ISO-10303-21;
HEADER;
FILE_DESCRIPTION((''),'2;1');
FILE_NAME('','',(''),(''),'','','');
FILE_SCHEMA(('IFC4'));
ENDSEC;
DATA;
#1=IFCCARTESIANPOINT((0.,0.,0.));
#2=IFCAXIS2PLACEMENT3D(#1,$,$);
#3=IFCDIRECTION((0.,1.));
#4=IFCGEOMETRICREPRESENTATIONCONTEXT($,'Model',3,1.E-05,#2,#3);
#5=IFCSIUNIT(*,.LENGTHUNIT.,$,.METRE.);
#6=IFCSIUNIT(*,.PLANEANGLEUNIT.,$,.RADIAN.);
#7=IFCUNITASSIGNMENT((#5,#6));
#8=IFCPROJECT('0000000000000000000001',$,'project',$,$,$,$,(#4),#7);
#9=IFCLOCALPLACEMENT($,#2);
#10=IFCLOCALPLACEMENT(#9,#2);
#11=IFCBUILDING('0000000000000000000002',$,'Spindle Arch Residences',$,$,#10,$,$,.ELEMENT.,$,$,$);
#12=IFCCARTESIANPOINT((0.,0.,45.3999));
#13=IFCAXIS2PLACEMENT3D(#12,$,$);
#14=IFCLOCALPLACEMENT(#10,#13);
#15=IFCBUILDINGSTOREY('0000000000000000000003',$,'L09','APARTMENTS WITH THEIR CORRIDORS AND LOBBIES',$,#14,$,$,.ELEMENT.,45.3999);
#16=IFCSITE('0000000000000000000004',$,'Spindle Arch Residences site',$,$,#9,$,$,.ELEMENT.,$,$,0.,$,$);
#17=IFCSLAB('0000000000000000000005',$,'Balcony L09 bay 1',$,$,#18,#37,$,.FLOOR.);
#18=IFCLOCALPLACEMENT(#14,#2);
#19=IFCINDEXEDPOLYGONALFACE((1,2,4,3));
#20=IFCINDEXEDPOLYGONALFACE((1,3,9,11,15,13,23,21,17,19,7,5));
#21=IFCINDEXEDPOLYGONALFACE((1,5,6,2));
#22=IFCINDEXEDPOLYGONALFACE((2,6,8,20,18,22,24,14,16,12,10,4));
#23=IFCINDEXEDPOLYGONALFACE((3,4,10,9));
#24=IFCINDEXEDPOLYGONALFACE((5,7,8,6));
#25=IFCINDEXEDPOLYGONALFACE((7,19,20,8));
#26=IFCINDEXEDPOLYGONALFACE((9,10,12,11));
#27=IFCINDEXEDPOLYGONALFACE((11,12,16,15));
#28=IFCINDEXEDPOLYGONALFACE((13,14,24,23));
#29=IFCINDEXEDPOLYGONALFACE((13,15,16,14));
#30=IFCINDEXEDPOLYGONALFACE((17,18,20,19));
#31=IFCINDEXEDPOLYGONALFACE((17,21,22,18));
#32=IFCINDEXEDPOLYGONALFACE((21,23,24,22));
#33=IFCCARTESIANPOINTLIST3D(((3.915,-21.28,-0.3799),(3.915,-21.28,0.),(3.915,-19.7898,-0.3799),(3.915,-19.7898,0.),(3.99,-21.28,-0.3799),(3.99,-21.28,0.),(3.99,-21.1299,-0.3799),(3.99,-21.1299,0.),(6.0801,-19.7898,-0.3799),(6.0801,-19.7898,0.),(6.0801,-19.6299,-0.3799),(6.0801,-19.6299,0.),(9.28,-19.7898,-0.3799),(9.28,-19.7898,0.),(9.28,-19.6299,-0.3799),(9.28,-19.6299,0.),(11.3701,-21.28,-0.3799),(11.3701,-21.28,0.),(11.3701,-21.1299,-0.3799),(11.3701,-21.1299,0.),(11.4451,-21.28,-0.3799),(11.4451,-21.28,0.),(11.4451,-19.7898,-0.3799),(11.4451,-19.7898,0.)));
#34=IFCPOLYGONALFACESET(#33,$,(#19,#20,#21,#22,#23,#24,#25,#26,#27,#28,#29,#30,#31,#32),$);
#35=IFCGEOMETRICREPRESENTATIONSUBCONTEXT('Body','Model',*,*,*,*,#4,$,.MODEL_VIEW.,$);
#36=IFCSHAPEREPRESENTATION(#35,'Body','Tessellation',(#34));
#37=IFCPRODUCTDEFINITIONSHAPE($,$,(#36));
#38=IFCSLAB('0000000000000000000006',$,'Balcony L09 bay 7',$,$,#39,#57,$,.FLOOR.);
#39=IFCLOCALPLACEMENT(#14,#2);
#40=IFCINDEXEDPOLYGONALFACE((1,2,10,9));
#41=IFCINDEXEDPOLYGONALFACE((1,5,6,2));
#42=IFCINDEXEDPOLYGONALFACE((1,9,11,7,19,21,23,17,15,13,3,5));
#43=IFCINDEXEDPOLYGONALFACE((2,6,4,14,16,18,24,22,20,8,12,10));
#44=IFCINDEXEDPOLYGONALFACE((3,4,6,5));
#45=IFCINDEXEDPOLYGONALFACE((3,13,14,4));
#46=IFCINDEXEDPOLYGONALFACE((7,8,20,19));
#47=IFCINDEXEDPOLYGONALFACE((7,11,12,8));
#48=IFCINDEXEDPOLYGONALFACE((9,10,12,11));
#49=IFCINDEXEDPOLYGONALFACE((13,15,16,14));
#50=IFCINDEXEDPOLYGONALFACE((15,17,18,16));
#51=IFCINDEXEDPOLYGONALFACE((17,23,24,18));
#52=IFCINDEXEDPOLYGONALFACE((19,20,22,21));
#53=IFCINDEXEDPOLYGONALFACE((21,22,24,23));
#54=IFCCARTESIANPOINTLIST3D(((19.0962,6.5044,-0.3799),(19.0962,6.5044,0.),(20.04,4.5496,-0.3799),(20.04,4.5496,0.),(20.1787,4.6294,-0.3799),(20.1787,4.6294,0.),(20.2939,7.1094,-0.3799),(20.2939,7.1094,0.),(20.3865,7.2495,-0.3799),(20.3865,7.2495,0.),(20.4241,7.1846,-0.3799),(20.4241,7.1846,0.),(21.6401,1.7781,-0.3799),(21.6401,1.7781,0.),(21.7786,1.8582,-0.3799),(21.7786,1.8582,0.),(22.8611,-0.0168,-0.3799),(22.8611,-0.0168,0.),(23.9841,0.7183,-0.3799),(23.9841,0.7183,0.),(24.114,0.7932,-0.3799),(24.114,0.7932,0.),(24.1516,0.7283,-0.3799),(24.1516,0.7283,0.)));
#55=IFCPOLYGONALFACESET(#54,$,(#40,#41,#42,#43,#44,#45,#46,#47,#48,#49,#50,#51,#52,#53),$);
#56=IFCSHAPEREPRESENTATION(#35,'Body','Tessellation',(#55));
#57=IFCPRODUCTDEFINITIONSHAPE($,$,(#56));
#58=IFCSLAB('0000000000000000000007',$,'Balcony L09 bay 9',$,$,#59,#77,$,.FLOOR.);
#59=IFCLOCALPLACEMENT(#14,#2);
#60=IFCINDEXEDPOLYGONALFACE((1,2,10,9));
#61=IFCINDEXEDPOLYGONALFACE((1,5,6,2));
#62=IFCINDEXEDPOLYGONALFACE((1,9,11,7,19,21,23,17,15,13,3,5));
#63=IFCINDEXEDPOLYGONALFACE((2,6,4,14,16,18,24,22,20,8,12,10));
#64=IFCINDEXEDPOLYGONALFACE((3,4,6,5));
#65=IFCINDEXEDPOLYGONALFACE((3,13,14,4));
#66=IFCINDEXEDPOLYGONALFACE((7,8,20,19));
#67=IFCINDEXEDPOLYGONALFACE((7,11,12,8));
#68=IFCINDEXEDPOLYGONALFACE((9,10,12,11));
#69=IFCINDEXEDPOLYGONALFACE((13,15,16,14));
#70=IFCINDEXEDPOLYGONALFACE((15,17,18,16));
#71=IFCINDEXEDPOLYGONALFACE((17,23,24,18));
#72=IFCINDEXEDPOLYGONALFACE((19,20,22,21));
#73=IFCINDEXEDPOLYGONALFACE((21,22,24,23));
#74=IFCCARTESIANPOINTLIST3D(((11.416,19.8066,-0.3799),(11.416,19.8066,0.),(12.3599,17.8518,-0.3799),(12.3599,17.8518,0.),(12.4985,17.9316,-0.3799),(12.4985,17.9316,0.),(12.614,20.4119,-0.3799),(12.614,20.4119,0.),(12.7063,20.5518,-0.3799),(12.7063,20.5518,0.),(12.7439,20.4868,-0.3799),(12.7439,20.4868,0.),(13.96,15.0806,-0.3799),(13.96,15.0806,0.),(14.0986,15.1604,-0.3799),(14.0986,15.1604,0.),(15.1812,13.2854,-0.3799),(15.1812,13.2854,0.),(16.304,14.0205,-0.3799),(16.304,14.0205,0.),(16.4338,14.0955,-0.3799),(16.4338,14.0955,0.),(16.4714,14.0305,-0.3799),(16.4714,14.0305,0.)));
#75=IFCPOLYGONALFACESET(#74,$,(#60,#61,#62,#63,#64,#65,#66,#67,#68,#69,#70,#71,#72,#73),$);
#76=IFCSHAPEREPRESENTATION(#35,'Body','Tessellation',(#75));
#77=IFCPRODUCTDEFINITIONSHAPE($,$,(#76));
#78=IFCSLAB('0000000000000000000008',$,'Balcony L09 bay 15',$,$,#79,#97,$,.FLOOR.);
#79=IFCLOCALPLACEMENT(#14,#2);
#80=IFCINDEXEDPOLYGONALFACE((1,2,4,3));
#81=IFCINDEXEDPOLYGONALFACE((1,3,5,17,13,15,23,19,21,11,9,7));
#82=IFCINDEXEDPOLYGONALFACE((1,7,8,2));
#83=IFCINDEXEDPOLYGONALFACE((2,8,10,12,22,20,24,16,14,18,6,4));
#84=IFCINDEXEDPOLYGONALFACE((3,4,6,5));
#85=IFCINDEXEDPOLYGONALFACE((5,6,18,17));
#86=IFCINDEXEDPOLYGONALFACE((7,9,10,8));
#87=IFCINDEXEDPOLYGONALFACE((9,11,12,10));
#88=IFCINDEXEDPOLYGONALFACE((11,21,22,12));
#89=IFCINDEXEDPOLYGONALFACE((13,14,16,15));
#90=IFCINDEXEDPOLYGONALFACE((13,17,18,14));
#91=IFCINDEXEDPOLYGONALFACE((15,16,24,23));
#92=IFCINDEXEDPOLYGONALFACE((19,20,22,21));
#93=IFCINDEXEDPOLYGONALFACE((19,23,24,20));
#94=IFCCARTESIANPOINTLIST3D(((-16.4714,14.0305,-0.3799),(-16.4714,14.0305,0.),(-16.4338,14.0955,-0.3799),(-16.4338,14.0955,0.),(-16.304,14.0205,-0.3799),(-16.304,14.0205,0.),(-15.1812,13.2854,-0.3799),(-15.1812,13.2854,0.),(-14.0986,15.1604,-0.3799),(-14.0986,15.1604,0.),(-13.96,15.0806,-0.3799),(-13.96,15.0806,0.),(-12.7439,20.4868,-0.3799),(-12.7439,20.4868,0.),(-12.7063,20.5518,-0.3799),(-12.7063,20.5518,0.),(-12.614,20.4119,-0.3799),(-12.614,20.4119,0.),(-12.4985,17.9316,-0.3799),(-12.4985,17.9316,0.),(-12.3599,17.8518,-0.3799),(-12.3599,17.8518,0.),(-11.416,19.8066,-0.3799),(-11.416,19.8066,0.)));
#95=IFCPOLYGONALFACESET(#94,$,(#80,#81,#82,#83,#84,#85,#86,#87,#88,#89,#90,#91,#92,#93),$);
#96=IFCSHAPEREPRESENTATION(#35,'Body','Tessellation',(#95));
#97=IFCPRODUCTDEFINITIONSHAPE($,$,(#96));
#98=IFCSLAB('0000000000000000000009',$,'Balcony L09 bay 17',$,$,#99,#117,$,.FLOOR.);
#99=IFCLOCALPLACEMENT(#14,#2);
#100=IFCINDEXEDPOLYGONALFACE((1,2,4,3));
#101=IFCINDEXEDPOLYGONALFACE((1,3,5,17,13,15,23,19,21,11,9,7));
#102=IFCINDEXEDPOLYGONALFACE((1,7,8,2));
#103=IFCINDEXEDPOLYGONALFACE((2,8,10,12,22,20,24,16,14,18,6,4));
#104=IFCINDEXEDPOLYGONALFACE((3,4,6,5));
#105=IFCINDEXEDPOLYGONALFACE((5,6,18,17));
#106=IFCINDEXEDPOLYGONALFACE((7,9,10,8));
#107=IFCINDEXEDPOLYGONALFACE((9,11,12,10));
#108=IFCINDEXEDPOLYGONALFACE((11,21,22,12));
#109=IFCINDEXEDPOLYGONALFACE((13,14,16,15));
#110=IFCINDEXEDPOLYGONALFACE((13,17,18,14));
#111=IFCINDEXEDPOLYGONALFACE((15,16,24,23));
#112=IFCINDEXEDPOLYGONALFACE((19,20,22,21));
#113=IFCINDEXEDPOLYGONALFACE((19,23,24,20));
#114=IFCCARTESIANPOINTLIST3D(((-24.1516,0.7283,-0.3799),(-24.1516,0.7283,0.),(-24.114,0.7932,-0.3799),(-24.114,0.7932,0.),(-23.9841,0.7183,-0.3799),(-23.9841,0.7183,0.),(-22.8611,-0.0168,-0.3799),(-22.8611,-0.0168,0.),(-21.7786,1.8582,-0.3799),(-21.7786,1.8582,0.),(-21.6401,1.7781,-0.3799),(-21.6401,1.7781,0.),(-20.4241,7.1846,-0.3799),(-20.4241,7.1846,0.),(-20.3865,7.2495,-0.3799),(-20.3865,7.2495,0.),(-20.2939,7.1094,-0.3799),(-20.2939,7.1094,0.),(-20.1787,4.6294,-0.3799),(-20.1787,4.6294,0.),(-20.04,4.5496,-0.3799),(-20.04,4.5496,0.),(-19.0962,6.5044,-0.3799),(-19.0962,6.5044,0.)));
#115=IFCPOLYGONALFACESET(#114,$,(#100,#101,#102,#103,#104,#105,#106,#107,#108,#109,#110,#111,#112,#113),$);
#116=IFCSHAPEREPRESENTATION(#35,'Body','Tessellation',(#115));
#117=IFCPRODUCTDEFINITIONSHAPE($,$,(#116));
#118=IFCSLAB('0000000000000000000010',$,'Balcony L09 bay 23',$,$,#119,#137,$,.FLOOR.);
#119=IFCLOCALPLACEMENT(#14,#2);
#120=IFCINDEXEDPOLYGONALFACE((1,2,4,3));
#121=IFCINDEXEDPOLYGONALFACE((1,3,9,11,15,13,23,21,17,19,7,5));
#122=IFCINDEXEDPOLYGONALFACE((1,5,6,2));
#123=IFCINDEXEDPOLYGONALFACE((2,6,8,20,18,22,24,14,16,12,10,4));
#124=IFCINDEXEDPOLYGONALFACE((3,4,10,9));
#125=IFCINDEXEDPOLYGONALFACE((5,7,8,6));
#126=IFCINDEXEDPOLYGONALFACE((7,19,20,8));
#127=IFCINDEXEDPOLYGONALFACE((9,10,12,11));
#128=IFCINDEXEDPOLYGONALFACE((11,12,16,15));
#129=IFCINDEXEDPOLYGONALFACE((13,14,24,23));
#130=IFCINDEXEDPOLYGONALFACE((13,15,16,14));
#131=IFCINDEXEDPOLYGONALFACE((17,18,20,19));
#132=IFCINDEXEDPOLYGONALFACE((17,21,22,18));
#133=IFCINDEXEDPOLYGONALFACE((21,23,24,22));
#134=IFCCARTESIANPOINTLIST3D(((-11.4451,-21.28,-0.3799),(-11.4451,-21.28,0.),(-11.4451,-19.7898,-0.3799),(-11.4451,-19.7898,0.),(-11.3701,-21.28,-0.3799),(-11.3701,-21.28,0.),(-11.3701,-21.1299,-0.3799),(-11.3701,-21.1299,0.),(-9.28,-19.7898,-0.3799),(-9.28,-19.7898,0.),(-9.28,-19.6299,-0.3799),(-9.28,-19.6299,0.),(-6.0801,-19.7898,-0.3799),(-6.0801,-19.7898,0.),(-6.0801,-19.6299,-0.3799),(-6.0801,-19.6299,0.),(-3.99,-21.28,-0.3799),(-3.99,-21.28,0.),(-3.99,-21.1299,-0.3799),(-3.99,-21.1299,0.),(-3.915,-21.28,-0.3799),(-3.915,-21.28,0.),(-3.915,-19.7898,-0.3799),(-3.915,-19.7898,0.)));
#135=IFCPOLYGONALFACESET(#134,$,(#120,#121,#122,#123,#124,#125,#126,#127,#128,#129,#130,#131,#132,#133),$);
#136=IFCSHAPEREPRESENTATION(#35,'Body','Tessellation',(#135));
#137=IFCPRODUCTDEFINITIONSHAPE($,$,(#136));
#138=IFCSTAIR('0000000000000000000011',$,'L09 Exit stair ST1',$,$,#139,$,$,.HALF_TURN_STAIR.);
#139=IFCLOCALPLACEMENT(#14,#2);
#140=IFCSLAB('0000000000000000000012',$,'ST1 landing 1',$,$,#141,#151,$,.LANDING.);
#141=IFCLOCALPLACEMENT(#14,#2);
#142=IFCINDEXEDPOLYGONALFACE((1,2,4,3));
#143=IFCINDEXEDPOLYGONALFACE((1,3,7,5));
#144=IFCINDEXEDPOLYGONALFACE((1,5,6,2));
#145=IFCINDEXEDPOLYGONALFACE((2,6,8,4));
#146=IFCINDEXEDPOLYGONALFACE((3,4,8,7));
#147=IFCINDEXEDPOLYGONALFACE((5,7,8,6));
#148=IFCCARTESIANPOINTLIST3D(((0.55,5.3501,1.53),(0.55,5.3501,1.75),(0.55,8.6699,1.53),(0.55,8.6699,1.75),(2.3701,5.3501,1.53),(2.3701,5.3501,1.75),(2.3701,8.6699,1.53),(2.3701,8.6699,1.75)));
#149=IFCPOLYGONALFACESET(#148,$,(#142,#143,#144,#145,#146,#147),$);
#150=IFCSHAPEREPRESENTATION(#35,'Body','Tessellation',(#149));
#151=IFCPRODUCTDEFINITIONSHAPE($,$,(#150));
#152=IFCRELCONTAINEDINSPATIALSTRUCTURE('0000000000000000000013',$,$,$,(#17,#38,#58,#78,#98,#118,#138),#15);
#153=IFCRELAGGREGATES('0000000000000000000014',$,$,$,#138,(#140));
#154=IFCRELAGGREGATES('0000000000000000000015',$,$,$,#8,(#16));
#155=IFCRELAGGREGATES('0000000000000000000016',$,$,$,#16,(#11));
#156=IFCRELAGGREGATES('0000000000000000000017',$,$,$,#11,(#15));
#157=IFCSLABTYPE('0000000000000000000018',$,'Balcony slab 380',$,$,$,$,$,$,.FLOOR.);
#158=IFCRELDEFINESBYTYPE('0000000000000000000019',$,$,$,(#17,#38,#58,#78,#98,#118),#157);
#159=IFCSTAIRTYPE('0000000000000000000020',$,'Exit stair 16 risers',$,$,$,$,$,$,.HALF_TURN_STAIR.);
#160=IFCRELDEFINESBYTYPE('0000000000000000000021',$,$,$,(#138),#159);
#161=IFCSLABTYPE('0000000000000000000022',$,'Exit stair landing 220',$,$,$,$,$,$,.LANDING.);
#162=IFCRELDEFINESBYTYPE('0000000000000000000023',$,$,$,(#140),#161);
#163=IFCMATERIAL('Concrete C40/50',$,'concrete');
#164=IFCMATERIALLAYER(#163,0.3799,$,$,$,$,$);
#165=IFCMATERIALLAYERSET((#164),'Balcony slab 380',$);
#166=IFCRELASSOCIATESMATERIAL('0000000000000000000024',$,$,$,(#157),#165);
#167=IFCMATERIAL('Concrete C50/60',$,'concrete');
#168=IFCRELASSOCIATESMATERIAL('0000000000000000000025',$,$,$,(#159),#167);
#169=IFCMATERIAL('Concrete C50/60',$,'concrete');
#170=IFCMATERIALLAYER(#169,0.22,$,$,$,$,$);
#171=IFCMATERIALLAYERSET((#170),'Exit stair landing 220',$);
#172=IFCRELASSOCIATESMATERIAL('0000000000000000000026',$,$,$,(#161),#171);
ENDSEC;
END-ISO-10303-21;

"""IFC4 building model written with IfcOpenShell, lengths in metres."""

from ifc_helpers import new_model, si_unit, direction, frame, origin, place, context, subcontext, project, spatial, polyline, outline, extrude, material, layer, layer_set, type_object, element, aggregate, save


model = new_model("IFC4")

# Units and contexts
model_context = context("Model", 3, precision=1e-05, world=origin(), true_north=direction((0.0, 1.0)))
body_context = subcontext(model_context, "Body", "Model", "MODEL_VIEW")
ifc_project = project(units=[si_unit("LENGTHUNIT", "METRE"), si_unit("PLANEANGLEUNIT", "RADIAN")], contexts=[model_context])

# Site, building, storey
site_placement = place(None, origin())
site = spatial("IfcSite", under=ifc_project, at=site_placement, Name="Spindle Arch Residences site", CompositionType="ELEMENT", RefElevation=0.0)
building_placement = place(site_placement, origin())
building = spatial("IfcBuilding", under=site, at=building_placement, Name="Spindle Arch Residences", CompositionType="ELEMENT")
storey_placement = place(building_placement, frame((0.0, 0.0, 45.3999)))
storey = spatial("IfcBuildingStorey", under=building, at=storey_placement, Name="L09", Description="APARTMENTS WITH THEIR CORRIDORS AND LOBBIES", CompositionType="ELEMENT", Elevation=45.3999)

# Slabs
ifc_material_1 = material(Name="Concrete C40/50", Category="concrete")
ifc_layer_1 = layer(ifc_material_1, 0.3799)
ifc_layer_set_1 = layer_set([ifc_layer_1], Name="Balcony slab 380")
slab_type_1 = type_object("IfcSlabType", Name="Balcony slab 380", PredefinedType="FLOOR", material=ifc_layer_set_1)
slab_1_placement = place(storey_placement, frame((0.0, 0.0, -0.3799)))
element("IfcSlab", 1, at=slab_1_placement, inside=storey, type_object=slab_type_1, Name="Balcony L09 bay 1", PredefinedType="FLOOR", context=body_context, shape_type="SweptSolid", body=[
    extrude(outline(polyline([(3.915, -21.28), (3.99, -21.28), (3.99, -21.1299), (11.3701, -21.1299), (11.3701, -21.28), (11.4451, -21.28), (11.4451, -19.7898), (9.28, -19.7898), (9.28, -19.6299), (6.0801, -19.6299), (6.0801, -19.7898), (3.915, -19.7898), (3.915, -21.28)])), origin(), (0.0, 0.0, 1.0), 0.3799),
])
slab_2_placement = place(storey_placement, frame((0.0, 0.0, -0.3799)))
element("IfcSlab", 2, at=slab_2_placement, inside=storey, type_object=slab_type_1, Name="Balcony L09 bay 7", PredefinedType="FLOOR", context=body_context, shape_type="SweptSolid", body=[
    extrude(outline(polyline([(24.1516, 0.7283), (24.114, 0.7932), (23.9841, 0.7183), (20.2939, 7.1094), (20.4241, 7.1846), (20.3865, 7.2495), (19.0962, 6.5044), (20.1787, 4.6294), (20.04, 4.5496), (21.6401, 1.7781), (21.7786, 1.8582), (22.8611, -0.0168), (24.1516, 0.7283)])), origin(), (0.0, 0.0, 1.0), 0.3799),
])
slab_3_placement = place(storey_placement, frame((0.0, 0.0, -0.3799)))
element("IfcSlab", 3, at=slab_3_placement, inside=storey, type_object=slab_type_1, Name="Balcony L09 bay 9", PredefinedType="FLOOR", context=body_context, shape_type="SweptSolid", body=[
    extrude(outline(polyline([(16.4714, 14.0305), (16.4338, 14.0955), (16.304, 14.0205), (12.614, 20.4119), (12.7439, 20.4868), (12.7063, 20.5518), (11.416, 19.8066), (12.4985, 17.9316), (12.3599, 17.8518), (13.96, 15.0806), (14.0986, 15.1604), (15.1812, 13.2854), (16.4714, 14.0305)])), origin(), (0.0, 0.0, 1.0), 0.3799),
])
slab_4_placement = place(storey_placement, frame((0.0, 0.0, -0.3799)))
element("IfcSlab", 4, at=slab_4_placement, inside=storey, type_object=slab_type_1, Name="Balcony L09 bay 15", PredefinedType="FLOOR", context=body_context, shape_type="SweptSolid", body=[
    extrude(outline(polyline([(-12.7063, 20.5518), (-12.7439, 20.4868), (-12.614, 20.4119), (-16.304, 14.0205), (-16.4338, 14.0955), (-16.4714, 14.0305), (-15.1812, 13.2854), (-14.0986, 15.1604), (-13.96, 15.0806), (-12.3599, 17.8518), (-12.4985, 17.9316), (-11.416, 19.8066), (-12.7063, 20.5518)])), origin(), (0.0, 0.0, 1.0), 0.3799),
])
slab_5_placement = place(storey_placement, frame((0.0, 0.0, -0.3799)))
element("IfcSlab", 5, at=slab_5_placement, inside=storey, type_object=slab_type_1, Name="Balcony L09 bay 17", PredefinedType="FLOOR", context=body_context, shape_type="SweptSolid", body=[
    extrude(outline(polyline([(-20.3865, 7.2495), (-20.4241, 7.1846), (-20.2939, 7.1094), (-23.9841, 0.7183), (-24.114, 0.7932), (-24.1516, 0.7283), (-22.8611, -0.0168), (-21.7786, 1.8582), (-21.6401, 1.7781), (-20.04, 4.5496), (-20.1787, 4.6294), (-19.0962, 6.5044), (-20.3865, 7.2495)])), origin(), (0.0, 0.0, 1.0), 0.3799),
])
slab_6_placement = place(storey_placement, frame((0.0, 0.0, -0.3799)))
element("IfcSlab", 6, at=slab_6_placement, inside=storey, type_object=slab_type_1, Name="Balcony L09 bay 23", PredefinedType="FLOOR", context=body_context, shape_type="SweptSolid", body=[
    extrude(outline(polyline([(-11.4451, -21.28), (-11.3701, -21.28), (-11.3701, -21.1299), (-3.99, -21.1299), (-3.99, -21.28), (-3.915, -21.28), (-3.915, -19.7898), (-6.0801, -19.7898), (-6.0801, -19.6299), (-9.28, -19.6299), (-9.28, -19.7898), (-11.4451, -19.7898), (-11.4451, -21.28)])), origin(), (0.0, 0.0, 1.0), 0.3799),
])

# Stair, slab
ifc_material_2 = material(Name="Concrete C50/60", Category="concrete")
stair_type = type_object("IfcStairType", Name="Exit stair 16 risers", PredefinedType="HALF_TURN_STAIR", material=ifc_material_2)
stair_placement = place(storey_placement, origin())
stair = element("IfcStair", 7, at=stair_placement, inside=storey, type_object=stair_type, Name="L09 Exit stair ST1", PredefinedType="HALF_TURN_STAIR")
ifc_material_3 = material(Name="Concrete C50/60", Category="concrete")
ifc_layer_2 = layer(ifc_material_3, 0.22)
ifc_layer_set_2 = layer_set([ifc_layer_2], Name="Exit stair landing 220")
slab_type_2 = type_object("IfcSlabType", Name="Exit stair landing 220", PredefinedType="LANDING", material=ifc_layer_set_2)
slab_7_placement = place(storey_placement, frame((0.0, 0.0, 1.53)))
slab_7 = element("IfcSlab", 8, at=slab_7_placement, type_object=slab_type_2, Name="ST1 landing 1", PredefinedType="LANDING", context=body_context, shape_type="SweptSolid", body=[
    extrude(outline(polyline([(2.3701, 8.6699), (0.55, 8.6699), (0.55, 5.3501), (2.3701, 5.3501), (2.3701, 8.6699)])), origin(), (0.0, 0.0, 1.0), 0.22),
])
aggregate(stair, [slab_7])

save(model, "model.ifc")
